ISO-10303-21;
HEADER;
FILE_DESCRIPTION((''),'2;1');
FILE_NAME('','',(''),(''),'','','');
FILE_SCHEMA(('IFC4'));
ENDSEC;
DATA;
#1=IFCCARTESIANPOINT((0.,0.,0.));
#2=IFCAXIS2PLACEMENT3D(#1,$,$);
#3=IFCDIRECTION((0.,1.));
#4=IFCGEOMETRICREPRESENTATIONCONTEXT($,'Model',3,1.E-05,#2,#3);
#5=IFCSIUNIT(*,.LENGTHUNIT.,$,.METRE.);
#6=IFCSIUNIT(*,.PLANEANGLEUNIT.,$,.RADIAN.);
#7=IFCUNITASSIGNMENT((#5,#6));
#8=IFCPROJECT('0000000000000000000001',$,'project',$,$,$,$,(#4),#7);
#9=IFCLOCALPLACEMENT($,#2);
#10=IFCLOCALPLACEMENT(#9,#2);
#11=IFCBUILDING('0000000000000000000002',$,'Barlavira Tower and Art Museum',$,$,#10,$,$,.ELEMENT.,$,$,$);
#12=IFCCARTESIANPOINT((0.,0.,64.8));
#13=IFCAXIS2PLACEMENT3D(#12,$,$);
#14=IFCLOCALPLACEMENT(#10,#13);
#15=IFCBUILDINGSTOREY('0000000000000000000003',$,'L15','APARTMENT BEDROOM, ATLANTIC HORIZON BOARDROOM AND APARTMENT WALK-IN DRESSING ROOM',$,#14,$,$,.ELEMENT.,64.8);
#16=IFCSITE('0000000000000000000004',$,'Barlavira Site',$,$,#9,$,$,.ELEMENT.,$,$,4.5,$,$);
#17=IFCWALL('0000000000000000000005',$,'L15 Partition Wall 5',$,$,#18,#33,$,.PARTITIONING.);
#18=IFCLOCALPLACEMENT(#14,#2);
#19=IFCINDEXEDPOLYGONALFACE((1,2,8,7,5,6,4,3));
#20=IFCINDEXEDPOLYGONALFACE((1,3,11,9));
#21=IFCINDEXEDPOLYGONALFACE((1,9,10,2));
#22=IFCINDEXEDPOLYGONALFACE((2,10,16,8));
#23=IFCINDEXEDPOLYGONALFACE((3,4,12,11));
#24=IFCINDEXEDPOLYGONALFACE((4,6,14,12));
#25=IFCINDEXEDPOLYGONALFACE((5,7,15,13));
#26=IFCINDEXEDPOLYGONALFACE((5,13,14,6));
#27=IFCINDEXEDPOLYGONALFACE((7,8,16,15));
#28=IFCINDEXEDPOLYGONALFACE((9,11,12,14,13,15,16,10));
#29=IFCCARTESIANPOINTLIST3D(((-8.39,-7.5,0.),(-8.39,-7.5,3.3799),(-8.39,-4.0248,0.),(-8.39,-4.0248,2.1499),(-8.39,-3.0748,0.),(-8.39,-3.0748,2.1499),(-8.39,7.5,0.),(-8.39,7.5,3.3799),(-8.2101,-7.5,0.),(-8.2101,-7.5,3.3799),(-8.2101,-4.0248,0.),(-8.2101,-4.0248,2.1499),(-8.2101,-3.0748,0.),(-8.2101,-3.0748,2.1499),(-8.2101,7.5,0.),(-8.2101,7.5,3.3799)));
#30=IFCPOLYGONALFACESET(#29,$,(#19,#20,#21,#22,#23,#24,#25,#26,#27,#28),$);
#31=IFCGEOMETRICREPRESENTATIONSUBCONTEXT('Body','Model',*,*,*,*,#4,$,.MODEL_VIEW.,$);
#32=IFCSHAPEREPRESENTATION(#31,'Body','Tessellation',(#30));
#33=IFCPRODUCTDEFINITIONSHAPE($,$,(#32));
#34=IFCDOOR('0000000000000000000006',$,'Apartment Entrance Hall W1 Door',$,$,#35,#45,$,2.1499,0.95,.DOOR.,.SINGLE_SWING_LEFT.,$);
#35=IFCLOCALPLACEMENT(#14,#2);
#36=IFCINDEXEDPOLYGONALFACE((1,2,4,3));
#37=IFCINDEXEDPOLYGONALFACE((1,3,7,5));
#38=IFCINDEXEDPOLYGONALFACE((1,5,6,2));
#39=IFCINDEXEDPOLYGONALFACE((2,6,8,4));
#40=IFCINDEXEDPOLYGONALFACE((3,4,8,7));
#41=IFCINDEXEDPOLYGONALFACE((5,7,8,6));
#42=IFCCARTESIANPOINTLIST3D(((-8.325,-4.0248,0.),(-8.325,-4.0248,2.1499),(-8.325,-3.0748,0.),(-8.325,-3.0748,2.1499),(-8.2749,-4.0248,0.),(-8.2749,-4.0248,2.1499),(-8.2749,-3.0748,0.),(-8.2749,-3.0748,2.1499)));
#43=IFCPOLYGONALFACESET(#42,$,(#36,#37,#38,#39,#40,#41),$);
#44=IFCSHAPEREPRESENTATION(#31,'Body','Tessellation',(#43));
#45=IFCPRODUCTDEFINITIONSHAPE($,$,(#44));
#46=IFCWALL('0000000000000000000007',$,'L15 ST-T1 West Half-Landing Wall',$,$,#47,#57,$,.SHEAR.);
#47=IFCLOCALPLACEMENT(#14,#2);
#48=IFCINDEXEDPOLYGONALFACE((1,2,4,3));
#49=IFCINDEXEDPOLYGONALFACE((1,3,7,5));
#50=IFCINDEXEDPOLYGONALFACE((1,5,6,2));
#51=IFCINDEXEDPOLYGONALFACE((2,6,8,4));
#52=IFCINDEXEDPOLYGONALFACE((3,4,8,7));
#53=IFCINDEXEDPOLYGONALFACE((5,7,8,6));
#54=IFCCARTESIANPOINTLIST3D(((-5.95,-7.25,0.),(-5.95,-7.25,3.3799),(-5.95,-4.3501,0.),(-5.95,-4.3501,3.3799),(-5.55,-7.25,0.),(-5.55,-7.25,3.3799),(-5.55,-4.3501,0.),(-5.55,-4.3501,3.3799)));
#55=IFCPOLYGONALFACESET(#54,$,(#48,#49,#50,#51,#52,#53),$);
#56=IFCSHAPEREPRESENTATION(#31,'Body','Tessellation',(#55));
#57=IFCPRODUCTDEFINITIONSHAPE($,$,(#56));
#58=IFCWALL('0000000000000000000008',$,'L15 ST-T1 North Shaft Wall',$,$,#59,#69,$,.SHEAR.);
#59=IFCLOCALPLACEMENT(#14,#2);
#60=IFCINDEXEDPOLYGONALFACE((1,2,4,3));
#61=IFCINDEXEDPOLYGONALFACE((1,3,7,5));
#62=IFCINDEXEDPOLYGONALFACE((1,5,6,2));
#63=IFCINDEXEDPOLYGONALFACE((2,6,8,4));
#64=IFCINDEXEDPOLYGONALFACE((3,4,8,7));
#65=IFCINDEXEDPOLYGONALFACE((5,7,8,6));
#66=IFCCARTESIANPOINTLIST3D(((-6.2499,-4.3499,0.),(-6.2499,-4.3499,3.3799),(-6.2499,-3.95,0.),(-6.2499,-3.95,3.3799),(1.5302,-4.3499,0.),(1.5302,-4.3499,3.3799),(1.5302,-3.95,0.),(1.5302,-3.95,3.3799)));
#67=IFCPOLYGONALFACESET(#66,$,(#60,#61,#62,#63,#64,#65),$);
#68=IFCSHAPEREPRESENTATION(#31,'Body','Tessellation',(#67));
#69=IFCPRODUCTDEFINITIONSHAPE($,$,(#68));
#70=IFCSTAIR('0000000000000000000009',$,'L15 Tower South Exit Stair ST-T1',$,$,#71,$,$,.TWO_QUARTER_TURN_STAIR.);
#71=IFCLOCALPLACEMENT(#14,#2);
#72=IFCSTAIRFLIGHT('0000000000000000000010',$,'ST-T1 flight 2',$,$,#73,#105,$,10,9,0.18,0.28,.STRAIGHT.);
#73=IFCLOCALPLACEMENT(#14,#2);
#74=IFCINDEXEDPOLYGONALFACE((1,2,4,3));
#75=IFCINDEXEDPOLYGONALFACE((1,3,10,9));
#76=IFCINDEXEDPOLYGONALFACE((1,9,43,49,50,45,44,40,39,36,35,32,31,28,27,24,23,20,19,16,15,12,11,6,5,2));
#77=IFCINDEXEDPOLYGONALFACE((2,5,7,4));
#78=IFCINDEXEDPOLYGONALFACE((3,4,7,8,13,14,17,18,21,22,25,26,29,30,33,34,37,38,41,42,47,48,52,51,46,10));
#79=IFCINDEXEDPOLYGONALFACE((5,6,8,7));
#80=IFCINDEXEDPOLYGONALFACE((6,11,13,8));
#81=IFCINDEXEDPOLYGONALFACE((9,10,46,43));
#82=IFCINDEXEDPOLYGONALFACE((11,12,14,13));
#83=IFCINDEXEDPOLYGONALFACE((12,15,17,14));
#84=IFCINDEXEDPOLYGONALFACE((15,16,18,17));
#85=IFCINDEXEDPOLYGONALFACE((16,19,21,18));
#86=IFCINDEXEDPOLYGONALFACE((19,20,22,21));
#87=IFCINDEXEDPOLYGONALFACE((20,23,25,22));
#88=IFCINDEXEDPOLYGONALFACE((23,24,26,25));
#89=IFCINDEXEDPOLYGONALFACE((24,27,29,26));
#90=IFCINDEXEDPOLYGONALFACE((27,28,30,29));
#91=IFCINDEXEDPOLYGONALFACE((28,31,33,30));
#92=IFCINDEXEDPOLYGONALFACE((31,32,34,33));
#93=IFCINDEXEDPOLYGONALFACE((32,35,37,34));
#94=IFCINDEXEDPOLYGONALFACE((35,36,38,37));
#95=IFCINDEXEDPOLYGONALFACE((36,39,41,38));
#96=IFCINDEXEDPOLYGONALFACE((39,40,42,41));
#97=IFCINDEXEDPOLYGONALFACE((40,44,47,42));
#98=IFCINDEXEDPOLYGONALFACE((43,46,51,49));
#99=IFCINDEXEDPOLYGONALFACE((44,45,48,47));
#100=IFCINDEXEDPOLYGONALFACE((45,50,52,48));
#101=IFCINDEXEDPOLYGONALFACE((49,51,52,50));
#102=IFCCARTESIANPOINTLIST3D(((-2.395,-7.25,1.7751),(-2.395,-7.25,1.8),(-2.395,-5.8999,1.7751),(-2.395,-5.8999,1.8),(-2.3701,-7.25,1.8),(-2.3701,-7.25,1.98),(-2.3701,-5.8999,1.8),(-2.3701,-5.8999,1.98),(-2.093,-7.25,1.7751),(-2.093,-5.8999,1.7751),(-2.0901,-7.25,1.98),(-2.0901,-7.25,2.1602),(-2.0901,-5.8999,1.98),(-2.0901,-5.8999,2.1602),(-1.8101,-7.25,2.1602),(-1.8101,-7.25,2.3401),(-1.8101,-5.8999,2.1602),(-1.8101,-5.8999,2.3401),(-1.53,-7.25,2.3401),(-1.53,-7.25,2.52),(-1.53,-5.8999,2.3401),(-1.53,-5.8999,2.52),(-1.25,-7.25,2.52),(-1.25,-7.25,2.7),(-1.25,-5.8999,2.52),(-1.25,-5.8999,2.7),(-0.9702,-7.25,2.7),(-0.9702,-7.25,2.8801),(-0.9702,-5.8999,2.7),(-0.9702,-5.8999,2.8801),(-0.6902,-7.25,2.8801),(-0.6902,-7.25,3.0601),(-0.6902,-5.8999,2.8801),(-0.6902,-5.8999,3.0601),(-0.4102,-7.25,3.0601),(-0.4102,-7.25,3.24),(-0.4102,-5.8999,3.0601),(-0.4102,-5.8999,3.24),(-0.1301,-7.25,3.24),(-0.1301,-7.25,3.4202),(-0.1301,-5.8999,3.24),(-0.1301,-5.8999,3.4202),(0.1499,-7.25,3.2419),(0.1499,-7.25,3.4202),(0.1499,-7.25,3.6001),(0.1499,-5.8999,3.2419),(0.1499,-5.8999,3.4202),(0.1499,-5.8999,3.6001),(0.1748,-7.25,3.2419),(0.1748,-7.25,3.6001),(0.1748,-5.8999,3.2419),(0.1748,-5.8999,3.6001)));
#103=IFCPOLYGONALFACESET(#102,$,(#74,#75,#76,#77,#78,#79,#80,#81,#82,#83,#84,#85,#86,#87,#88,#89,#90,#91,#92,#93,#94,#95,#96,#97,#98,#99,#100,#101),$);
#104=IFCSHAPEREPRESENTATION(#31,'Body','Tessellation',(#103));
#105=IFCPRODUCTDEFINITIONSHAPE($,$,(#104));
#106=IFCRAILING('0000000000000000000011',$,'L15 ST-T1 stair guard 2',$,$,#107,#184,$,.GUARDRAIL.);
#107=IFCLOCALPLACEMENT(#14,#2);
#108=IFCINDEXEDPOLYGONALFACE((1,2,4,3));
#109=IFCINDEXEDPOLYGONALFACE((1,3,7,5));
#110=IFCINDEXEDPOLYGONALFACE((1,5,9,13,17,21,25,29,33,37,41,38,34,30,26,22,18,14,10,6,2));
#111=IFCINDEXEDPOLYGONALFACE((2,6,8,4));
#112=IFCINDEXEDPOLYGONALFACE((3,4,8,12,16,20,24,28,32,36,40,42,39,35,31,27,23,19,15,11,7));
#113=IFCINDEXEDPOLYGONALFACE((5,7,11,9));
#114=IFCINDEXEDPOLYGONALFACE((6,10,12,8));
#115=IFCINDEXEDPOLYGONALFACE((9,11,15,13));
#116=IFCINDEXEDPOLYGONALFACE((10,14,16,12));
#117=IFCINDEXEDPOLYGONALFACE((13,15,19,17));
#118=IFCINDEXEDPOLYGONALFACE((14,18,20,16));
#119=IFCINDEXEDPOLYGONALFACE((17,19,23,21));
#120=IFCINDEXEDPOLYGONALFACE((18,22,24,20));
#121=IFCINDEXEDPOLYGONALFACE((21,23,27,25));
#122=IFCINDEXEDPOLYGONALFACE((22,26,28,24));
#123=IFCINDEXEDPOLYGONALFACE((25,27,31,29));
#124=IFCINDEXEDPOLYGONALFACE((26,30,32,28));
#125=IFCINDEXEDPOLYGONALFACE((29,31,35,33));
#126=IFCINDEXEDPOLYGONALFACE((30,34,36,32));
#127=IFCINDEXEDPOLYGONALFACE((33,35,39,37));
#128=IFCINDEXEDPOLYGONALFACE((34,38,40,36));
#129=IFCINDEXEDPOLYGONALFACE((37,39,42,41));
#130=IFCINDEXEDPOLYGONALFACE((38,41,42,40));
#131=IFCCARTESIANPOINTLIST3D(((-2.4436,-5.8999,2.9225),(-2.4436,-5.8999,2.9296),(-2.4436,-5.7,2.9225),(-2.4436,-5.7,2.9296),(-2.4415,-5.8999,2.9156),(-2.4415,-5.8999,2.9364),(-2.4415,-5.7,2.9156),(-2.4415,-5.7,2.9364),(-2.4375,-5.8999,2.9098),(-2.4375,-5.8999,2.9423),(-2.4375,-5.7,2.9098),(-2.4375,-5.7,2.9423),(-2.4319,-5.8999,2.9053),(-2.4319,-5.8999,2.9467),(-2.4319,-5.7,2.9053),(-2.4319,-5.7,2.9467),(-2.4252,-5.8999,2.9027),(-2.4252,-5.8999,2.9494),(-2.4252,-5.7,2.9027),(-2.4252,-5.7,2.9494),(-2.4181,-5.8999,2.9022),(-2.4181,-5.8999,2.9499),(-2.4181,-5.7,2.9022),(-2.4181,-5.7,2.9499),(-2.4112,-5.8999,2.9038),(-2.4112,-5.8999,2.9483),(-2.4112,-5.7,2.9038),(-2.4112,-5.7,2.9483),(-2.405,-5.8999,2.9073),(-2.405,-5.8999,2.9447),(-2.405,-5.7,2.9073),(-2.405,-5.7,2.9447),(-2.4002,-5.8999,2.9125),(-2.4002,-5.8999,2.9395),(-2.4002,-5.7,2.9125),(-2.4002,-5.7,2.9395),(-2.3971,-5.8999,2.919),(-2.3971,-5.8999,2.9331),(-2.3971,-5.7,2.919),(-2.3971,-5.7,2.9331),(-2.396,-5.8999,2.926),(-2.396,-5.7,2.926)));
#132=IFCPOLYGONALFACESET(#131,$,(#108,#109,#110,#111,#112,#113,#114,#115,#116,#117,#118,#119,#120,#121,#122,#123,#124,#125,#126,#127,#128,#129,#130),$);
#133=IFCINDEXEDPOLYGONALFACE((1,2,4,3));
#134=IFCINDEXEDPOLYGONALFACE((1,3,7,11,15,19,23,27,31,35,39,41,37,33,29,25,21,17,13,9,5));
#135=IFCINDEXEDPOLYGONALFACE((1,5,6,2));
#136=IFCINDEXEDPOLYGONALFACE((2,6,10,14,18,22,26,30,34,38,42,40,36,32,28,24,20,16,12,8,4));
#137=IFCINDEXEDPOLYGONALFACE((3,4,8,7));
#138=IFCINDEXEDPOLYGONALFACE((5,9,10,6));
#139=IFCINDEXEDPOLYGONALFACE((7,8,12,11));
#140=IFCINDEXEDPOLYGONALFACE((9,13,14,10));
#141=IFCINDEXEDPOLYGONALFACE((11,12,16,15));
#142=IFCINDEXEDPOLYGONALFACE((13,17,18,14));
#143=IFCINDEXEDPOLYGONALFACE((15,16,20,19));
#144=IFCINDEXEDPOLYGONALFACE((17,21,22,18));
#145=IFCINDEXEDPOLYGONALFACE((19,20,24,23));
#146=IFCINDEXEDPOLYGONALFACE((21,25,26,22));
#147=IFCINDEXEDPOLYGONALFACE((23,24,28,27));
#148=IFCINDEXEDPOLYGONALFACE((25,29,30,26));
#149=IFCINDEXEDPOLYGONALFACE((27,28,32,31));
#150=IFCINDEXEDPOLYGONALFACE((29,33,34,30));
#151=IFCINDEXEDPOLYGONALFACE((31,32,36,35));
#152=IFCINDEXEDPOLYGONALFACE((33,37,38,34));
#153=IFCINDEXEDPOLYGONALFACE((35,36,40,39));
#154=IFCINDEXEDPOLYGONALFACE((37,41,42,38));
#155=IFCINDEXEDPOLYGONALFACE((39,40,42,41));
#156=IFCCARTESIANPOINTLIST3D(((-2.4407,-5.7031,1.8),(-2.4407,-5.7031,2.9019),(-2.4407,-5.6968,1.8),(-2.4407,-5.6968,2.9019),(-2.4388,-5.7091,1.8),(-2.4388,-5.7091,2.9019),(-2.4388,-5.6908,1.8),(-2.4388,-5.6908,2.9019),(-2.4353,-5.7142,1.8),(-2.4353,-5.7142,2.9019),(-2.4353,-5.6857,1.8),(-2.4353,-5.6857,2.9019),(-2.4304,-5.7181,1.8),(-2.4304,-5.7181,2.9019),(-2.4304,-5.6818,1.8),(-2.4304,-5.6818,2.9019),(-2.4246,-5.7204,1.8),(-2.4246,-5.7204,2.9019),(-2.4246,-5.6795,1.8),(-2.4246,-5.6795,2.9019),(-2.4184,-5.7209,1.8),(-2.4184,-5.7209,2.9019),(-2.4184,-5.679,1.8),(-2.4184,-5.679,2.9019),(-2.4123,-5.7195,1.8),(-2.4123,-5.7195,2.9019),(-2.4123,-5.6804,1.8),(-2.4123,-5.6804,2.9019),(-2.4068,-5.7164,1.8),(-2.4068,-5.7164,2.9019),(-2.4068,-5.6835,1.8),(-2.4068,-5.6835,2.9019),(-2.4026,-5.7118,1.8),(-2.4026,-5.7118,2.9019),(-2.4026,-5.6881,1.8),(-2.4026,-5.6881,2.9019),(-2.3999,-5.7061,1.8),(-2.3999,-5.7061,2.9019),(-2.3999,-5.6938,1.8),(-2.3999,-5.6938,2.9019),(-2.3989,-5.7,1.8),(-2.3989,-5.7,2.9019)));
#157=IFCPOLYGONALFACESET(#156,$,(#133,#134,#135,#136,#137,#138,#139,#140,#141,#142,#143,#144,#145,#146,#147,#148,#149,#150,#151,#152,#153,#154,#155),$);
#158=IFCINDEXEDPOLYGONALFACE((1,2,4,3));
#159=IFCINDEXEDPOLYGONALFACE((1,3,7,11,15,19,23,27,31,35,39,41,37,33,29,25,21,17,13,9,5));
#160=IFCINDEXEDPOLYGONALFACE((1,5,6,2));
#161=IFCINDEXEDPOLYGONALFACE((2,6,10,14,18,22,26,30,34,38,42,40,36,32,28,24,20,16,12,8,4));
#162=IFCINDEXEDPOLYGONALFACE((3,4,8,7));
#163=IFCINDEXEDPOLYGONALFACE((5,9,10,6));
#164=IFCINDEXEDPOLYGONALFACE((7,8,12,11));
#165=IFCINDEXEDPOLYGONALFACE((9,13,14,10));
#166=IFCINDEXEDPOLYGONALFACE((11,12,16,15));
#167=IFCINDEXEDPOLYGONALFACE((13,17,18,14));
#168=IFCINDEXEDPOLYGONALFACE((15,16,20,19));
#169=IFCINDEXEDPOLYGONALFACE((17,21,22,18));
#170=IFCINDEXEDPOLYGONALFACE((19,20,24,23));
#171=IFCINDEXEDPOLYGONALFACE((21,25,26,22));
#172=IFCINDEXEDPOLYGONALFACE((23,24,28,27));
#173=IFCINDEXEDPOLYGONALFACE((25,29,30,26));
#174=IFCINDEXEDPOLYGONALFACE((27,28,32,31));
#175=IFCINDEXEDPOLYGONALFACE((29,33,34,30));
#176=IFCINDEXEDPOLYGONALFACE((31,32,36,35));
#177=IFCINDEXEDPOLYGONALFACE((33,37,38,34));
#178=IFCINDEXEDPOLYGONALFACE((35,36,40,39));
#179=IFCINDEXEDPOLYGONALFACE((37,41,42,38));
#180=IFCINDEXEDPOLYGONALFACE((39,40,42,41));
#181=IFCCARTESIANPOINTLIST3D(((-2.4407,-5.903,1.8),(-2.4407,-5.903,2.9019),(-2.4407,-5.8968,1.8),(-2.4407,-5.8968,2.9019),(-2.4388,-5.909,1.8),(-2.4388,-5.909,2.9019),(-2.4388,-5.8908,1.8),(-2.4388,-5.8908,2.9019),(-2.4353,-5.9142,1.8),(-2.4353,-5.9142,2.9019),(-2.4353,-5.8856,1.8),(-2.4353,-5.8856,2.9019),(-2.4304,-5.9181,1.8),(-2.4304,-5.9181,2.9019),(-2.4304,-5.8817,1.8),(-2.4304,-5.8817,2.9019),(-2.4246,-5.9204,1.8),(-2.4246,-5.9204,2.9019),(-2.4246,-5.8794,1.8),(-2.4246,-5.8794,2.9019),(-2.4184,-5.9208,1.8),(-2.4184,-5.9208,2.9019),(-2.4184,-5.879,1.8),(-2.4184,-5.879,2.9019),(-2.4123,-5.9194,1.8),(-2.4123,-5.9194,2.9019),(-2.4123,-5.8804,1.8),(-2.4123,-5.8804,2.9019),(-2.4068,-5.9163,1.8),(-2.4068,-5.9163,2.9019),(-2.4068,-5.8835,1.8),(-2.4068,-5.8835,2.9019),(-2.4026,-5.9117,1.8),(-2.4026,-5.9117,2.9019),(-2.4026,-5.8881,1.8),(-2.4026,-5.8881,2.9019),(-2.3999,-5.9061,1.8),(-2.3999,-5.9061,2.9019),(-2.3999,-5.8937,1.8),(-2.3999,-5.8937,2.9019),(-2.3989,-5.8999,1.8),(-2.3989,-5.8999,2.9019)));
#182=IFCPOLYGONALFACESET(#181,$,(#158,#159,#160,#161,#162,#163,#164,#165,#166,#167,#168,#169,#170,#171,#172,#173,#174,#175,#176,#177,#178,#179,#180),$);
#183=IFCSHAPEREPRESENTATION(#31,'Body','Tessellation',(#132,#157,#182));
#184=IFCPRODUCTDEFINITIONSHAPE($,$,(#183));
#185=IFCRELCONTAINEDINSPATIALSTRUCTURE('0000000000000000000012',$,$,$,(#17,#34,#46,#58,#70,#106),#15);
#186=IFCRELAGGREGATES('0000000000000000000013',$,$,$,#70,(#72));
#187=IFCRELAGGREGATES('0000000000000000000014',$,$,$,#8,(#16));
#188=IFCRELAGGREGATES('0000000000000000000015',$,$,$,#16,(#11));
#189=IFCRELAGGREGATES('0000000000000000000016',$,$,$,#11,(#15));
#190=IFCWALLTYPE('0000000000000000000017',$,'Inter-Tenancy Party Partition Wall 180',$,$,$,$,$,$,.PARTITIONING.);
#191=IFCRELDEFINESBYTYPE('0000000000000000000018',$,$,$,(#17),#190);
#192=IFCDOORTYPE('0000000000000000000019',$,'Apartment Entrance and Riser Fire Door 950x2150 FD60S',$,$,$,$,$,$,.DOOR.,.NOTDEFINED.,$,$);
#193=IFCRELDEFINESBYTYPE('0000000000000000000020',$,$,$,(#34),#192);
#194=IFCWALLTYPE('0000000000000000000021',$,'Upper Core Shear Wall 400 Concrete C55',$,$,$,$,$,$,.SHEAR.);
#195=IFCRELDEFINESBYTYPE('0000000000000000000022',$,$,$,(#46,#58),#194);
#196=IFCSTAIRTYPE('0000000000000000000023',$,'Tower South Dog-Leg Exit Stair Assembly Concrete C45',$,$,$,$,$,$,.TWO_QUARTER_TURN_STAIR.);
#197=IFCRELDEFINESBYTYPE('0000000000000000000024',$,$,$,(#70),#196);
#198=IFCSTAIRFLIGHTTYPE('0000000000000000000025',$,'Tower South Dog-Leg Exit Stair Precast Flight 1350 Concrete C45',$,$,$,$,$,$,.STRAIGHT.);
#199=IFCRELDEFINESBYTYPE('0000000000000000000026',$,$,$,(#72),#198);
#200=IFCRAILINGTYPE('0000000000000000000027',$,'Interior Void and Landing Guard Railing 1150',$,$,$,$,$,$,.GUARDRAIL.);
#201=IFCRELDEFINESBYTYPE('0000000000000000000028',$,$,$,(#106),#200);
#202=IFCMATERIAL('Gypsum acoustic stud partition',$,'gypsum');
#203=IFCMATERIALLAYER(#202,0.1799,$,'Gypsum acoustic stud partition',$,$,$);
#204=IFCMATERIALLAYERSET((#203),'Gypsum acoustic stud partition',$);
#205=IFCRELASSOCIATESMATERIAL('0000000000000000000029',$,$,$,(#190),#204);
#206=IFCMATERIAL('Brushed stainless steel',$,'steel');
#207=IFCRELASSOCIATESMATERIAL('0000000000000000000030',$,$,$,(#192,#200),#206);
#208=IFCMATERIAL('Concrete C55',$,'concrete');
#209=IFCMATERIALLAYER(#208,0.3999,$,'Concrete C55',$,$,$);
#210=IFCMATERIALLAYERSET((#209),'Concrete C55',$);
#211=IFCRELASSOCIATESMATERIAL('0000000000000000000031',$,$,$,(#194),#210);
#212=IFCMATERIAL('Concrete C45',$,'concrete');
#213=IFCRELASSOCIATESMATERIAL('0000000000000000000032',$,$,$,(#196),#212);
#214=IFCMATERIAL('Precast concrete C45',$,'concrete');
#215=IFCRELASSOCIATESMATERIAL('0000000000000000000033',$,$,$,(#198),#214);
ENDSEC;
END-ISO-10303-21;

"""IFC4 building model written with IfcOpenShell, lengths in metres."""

from ifc_helpers import new_model, si_unit, direction, frame, frame_2d, origin, origin_2d, place, context, subcontext, project, spatial, polyline, rectangle, circle, outline, extrude, material, layer, layer_set, type_object, element, fill, aggregate, save


model = new_model("IFC4")

# Units and contexts
model_context = context("Model", 3, precision=1e-05, world=origin(), true_north=direction((0.0, 1.0)))
body_context = subcontext(model_context, "Body", "Model", "MODEL_VIEW")
ifc_project = project(units=[si_unit("LENGTHUNIT", "METRE"), si_unit("PLANEANGLEUNIT", "RADIAN")], contexts=[model_context])

# Site, building, storey
site_placement = place(None, origin())
site = spatial("IfcSite", under=ifc_project, at=site_placement, Name="Barlavira Site", CompositionType="ELEMENT", RefElevation=4.5)
building_placement = place(site_placement, origin())
building = spatial("IfcBuilding", under=site, at=building_placement, Name="Barlavira Tower and Art Museum", CompositionType="ELEMENT")
storey_placement = place(building_placement, frame((0.0, 0.0, 64.8)))
storey = spatial("IfcBuildingStorey", under=building, at=storey_placement, Name="L15", Description="APARTMENT BEDROOM, ATLANTIC HORIZON BOARDROOM AND APARTMENT WALK-IN DRESSING ROOM", CompositionType="ELEMENT", Elevation=64.8)

# Shared definitions
ifc_material_1 = material(Name="Brushed stainless steel", Category="steel")

# Wall, opening, door
ifc_material_2 = material(Name="Gypsum acoustic stud partition", Category="gypsum")
ifc_layer_1 = layer(ifc_material_2, 0.1799, Name="Gypsum acoustic stud partition")
ifc_layer_set_1 = layer_set([ifc_layer_1], Name="Gypsum acoustic stud partition")
wall_type_1 = type_object("IfcWallType", Name="Inter-Tenancy Party Partition Wall 180", PredefinedType="PARTITIONING", material=ifc_layer_set_1)
wall_1_placement = place(storey_placement, frame((-8.3, -7.5, 0.0), z_axis=(0.0, 0.0, 1.0), x_axis=(0.0, 1.0, 0.0)))
wall_1 = element("IfcWall", 1, at=wall_1_placement, inside=storey, type_object=wall_type_1, Name="L15 Partition Wall 5", PredefinedType="PARTITIONING", context=body_context, shape_type="SweptSolid", body=[
    extrude(rectangle(XDim=15.0, YDim=0.1799, at=frame_2d((7.5, 0.0))), origin(), (0.0, 0.0, 1.0), 3.3799),
])
opening_1_placement = place(wall_1_placement, frame((3.4751, 0.0, 0.0)))
opening_1 = element("IfcOpeningElement", 2, at=opening_1_placement, cuts=wall_1, PredefinedType="OPENING", context=body_context, shape_type="SweptSolid", body=[
    extrude(rectangle(XDim=0.95, YDim=2.1499, at=frame_2d((0.4751, 1.075))), frame((0.0, 0.1001, 0.0), z_axis=(0.0, -1.0, 0.0), x_axis=(1.0, 0.0, 0.0)), (0.0, 0.0, 1.0), 0.2),
])
door_type_1 = type_object("IfcDoorType", Name="Apartment Entrance and Riser Fire Door 950x2150 FD60S", OperationType="NOTDEFINED", PredefinedType="DOOR", material=ifc_material_1)
door_1_placement = place(opening_1_placement, origin())
door_1 = element("IfcDoor", 3, at=door_1_placement, inside=storey, type_object=door_type_1, Name="Apartment Entrance Hall W1 Door", OperationType="SINGLE_SWING_LEFT", OverallHeight=2.1499, OverallWidth=0.95, PredefinedType="DOOR", context=body_context, shape_type="SweptSolid", body=[
    extrude(rectangle(XDim=0.95, YDim=2.1499, at=frame_2d((0.4751, 1.075))), frame((0.0, 0.0249, 0.0), z_axis=(0.0, -1.0, 0.0), x_axis=(1.0, 0.0, 0.0)), (0.0, 0.0, 1.0), 0.05),
])
fill(opening_1, door_1)

# Walls
ifc_material_3 = material(Name="Concrete C55", Category="concrete")
ifc_layer_2 = layer(ifc_material_3, 0.3999, Name="Concrete C55")
ifc_layer_set_2 = layer_set([ifc_layer_2], Name="Concrete C55")
wall_type_2 = type_object("IfcWallType", Name="Upper Core Shear Wall 400 Concrete C55", PredefinedType="SHEAR", material=ifc_layer_set_2)
wall_2_placement = place(storey_placement, frame((-5.75, -7.25, 0.0), z_axis=(0.0, 0.0, 1.0), x_axis=(0.0, 1.0, 0.0)))
element("IfcWall", 4, at=wall_2_placement, inside=storey, type_object=wall_type_2, Name="L15 ST-T1 West Half-Landing Wall", PredefinedType="SHEAR", context=body_context, shape_type="SweptSolid", body=[
    extrude(rectangle(XDim=2.8999, YDim=0.3999, at=frame_2d((1.45, 0.0))), origin(), (0.0, 0.0, 1.0), 3.3799),
])
wall_3_placement = place(storey_placement, frame((-6.25, -4.1499, 0.0), z_axis=(0.0, 0.0, 1.0), x_axis=(1.0, 0.0, 0.0)))
element("IfcWall", 5, at=wall_3_placement, inside=storey, type_object=wall_type_2, Name="L15 ST-T1 North Shaft Wall", PredefinedType="SHEAR", context=body_context, shape_type="SweptSolid", body=[
    extrude(rectangle(XDim=7.78, YDim=0.3999, at=frame_2d((3.8901, 0.0))), origin(), (0.0, 0.0, 1.0), 3.3799),
])

# Stair, stair flight
ifc_material_4 = material(Name="Concrete C45", Category="concrete")
stair_type = type_object("IfcStairType", Name="Tower South Dog-Leg Exit Stair Assembly Concrete C45", PredefinedType="TWO_QUARTER_TURN_STAIR", material=ifc_material_4)
stair_placement = place(storey_placement, origin())
stair = element("IfcStair", 6, at=stair_placement, inside=storey, type_object=stair_type, Name="L15 Tower South Exit Stair ST-T1", PredefinedType="TWO_QUARTER_TURN_STAIR")
ifc_material_5 = material(Name="Precast concrete C45", Category="concrete")
stair_flight_type = type_object("IfcStairFlightType", Name="Tower South Dog-Leg Exit Stair Precast Flight 1350 Concrete C45", PredefinedType="STRAIGHT", material=ifc_material_5)
stair_flight_placement = place(storey_placement, frame((-2.3701, -6.575, 1.8), z_axis=(0.0, 0.0, 1.0), x_axis=(1.0, 0.0, 0.0)))
stair_flight = element("IfcStairFlight", 7, at=stair_flight_placement, type_object=stair_flight_type, Name="ST-T1 flight 2", NumberOfRisers=10, NumberOfTreads=9, PredefinedType="STRAIGHT", RiserHeight=0.18, TreadLength=0.28, context=body_context, shape_type="SweptSolid", body=[
    extrude(outline(polyline([(-0.0249, 0.0), (0.0, 0.0), (0.0, 0.1799), (0.28, 0.1799), (0.28, 0.3601), (0.5601, 0.3601), (0.5601, 0.54), (0.8401, 0.54), (0.8401, 0.72), (1.1201, 0.72), (1.1201, 0.8999), (1.3999, 0.8999), (1.3999, 1.0801), (1.6799, 1.0801), (1.6799, 1.26), (1.96, 1.26), (1.96, 1.4399), (2.24, 1.4399), (2.24, 1.6201), (2.52, 1.6201), (2.52, 1.8), (2.5449, 1.8), (2.5449, 1.4419), (2.52, 1.4419), (0.2771, -0.0249), (-0.0249, -0.0249), (-0.0249, 0.0)])), frame((0.0, 0.675, 0.0), z_axis=(0.0, -1.0, 0.0), x_axis=(1.0, 0.0, 0.0)), (0.0, 0.0, 1.0), 1.3501),
])
aggregate(stair, [stair_flight])

# Railing
railing_type_1 = type_object("IfcRailingType", Name="Interior Void and Landing Guard Railing 1150", PredefinedType="GUARDRAIL", material=ifc_material_1)
railing_1_placement = place(storey_placement, frame((-2.4199, -5.7, 1.8)))
element("IfcRailing", 8, at=railing_1_placement, inside=storey, type_object=railing_type_1, Name="L15 ST-T1 stair guard 2", PredefinedType="GUARDRAIL", context=body_context, shape_type="SweptSolid", body=[
    extrude(circle(Radius=0.0239, at=origin_2d()), frame((0.0, 0.0, 1.126), z_axis=(0.0, -1.0, 0.0), x_axis=(1.0, 0.0, 0.0)), (0.0, 0.0, 1.0), 0.2),
    extrude(circle(Radius=0.021, at=origin_2d()), origin(), (0.0, 0.0, 1.0), 1.1018),
    extrude(circle(Radius=0.021, at=origin_2d()), frame((0.0, -0.2, 0.0)), (0.0, 0.0, 1.0), 1.1018),
])

save(model, "model.ifc")
